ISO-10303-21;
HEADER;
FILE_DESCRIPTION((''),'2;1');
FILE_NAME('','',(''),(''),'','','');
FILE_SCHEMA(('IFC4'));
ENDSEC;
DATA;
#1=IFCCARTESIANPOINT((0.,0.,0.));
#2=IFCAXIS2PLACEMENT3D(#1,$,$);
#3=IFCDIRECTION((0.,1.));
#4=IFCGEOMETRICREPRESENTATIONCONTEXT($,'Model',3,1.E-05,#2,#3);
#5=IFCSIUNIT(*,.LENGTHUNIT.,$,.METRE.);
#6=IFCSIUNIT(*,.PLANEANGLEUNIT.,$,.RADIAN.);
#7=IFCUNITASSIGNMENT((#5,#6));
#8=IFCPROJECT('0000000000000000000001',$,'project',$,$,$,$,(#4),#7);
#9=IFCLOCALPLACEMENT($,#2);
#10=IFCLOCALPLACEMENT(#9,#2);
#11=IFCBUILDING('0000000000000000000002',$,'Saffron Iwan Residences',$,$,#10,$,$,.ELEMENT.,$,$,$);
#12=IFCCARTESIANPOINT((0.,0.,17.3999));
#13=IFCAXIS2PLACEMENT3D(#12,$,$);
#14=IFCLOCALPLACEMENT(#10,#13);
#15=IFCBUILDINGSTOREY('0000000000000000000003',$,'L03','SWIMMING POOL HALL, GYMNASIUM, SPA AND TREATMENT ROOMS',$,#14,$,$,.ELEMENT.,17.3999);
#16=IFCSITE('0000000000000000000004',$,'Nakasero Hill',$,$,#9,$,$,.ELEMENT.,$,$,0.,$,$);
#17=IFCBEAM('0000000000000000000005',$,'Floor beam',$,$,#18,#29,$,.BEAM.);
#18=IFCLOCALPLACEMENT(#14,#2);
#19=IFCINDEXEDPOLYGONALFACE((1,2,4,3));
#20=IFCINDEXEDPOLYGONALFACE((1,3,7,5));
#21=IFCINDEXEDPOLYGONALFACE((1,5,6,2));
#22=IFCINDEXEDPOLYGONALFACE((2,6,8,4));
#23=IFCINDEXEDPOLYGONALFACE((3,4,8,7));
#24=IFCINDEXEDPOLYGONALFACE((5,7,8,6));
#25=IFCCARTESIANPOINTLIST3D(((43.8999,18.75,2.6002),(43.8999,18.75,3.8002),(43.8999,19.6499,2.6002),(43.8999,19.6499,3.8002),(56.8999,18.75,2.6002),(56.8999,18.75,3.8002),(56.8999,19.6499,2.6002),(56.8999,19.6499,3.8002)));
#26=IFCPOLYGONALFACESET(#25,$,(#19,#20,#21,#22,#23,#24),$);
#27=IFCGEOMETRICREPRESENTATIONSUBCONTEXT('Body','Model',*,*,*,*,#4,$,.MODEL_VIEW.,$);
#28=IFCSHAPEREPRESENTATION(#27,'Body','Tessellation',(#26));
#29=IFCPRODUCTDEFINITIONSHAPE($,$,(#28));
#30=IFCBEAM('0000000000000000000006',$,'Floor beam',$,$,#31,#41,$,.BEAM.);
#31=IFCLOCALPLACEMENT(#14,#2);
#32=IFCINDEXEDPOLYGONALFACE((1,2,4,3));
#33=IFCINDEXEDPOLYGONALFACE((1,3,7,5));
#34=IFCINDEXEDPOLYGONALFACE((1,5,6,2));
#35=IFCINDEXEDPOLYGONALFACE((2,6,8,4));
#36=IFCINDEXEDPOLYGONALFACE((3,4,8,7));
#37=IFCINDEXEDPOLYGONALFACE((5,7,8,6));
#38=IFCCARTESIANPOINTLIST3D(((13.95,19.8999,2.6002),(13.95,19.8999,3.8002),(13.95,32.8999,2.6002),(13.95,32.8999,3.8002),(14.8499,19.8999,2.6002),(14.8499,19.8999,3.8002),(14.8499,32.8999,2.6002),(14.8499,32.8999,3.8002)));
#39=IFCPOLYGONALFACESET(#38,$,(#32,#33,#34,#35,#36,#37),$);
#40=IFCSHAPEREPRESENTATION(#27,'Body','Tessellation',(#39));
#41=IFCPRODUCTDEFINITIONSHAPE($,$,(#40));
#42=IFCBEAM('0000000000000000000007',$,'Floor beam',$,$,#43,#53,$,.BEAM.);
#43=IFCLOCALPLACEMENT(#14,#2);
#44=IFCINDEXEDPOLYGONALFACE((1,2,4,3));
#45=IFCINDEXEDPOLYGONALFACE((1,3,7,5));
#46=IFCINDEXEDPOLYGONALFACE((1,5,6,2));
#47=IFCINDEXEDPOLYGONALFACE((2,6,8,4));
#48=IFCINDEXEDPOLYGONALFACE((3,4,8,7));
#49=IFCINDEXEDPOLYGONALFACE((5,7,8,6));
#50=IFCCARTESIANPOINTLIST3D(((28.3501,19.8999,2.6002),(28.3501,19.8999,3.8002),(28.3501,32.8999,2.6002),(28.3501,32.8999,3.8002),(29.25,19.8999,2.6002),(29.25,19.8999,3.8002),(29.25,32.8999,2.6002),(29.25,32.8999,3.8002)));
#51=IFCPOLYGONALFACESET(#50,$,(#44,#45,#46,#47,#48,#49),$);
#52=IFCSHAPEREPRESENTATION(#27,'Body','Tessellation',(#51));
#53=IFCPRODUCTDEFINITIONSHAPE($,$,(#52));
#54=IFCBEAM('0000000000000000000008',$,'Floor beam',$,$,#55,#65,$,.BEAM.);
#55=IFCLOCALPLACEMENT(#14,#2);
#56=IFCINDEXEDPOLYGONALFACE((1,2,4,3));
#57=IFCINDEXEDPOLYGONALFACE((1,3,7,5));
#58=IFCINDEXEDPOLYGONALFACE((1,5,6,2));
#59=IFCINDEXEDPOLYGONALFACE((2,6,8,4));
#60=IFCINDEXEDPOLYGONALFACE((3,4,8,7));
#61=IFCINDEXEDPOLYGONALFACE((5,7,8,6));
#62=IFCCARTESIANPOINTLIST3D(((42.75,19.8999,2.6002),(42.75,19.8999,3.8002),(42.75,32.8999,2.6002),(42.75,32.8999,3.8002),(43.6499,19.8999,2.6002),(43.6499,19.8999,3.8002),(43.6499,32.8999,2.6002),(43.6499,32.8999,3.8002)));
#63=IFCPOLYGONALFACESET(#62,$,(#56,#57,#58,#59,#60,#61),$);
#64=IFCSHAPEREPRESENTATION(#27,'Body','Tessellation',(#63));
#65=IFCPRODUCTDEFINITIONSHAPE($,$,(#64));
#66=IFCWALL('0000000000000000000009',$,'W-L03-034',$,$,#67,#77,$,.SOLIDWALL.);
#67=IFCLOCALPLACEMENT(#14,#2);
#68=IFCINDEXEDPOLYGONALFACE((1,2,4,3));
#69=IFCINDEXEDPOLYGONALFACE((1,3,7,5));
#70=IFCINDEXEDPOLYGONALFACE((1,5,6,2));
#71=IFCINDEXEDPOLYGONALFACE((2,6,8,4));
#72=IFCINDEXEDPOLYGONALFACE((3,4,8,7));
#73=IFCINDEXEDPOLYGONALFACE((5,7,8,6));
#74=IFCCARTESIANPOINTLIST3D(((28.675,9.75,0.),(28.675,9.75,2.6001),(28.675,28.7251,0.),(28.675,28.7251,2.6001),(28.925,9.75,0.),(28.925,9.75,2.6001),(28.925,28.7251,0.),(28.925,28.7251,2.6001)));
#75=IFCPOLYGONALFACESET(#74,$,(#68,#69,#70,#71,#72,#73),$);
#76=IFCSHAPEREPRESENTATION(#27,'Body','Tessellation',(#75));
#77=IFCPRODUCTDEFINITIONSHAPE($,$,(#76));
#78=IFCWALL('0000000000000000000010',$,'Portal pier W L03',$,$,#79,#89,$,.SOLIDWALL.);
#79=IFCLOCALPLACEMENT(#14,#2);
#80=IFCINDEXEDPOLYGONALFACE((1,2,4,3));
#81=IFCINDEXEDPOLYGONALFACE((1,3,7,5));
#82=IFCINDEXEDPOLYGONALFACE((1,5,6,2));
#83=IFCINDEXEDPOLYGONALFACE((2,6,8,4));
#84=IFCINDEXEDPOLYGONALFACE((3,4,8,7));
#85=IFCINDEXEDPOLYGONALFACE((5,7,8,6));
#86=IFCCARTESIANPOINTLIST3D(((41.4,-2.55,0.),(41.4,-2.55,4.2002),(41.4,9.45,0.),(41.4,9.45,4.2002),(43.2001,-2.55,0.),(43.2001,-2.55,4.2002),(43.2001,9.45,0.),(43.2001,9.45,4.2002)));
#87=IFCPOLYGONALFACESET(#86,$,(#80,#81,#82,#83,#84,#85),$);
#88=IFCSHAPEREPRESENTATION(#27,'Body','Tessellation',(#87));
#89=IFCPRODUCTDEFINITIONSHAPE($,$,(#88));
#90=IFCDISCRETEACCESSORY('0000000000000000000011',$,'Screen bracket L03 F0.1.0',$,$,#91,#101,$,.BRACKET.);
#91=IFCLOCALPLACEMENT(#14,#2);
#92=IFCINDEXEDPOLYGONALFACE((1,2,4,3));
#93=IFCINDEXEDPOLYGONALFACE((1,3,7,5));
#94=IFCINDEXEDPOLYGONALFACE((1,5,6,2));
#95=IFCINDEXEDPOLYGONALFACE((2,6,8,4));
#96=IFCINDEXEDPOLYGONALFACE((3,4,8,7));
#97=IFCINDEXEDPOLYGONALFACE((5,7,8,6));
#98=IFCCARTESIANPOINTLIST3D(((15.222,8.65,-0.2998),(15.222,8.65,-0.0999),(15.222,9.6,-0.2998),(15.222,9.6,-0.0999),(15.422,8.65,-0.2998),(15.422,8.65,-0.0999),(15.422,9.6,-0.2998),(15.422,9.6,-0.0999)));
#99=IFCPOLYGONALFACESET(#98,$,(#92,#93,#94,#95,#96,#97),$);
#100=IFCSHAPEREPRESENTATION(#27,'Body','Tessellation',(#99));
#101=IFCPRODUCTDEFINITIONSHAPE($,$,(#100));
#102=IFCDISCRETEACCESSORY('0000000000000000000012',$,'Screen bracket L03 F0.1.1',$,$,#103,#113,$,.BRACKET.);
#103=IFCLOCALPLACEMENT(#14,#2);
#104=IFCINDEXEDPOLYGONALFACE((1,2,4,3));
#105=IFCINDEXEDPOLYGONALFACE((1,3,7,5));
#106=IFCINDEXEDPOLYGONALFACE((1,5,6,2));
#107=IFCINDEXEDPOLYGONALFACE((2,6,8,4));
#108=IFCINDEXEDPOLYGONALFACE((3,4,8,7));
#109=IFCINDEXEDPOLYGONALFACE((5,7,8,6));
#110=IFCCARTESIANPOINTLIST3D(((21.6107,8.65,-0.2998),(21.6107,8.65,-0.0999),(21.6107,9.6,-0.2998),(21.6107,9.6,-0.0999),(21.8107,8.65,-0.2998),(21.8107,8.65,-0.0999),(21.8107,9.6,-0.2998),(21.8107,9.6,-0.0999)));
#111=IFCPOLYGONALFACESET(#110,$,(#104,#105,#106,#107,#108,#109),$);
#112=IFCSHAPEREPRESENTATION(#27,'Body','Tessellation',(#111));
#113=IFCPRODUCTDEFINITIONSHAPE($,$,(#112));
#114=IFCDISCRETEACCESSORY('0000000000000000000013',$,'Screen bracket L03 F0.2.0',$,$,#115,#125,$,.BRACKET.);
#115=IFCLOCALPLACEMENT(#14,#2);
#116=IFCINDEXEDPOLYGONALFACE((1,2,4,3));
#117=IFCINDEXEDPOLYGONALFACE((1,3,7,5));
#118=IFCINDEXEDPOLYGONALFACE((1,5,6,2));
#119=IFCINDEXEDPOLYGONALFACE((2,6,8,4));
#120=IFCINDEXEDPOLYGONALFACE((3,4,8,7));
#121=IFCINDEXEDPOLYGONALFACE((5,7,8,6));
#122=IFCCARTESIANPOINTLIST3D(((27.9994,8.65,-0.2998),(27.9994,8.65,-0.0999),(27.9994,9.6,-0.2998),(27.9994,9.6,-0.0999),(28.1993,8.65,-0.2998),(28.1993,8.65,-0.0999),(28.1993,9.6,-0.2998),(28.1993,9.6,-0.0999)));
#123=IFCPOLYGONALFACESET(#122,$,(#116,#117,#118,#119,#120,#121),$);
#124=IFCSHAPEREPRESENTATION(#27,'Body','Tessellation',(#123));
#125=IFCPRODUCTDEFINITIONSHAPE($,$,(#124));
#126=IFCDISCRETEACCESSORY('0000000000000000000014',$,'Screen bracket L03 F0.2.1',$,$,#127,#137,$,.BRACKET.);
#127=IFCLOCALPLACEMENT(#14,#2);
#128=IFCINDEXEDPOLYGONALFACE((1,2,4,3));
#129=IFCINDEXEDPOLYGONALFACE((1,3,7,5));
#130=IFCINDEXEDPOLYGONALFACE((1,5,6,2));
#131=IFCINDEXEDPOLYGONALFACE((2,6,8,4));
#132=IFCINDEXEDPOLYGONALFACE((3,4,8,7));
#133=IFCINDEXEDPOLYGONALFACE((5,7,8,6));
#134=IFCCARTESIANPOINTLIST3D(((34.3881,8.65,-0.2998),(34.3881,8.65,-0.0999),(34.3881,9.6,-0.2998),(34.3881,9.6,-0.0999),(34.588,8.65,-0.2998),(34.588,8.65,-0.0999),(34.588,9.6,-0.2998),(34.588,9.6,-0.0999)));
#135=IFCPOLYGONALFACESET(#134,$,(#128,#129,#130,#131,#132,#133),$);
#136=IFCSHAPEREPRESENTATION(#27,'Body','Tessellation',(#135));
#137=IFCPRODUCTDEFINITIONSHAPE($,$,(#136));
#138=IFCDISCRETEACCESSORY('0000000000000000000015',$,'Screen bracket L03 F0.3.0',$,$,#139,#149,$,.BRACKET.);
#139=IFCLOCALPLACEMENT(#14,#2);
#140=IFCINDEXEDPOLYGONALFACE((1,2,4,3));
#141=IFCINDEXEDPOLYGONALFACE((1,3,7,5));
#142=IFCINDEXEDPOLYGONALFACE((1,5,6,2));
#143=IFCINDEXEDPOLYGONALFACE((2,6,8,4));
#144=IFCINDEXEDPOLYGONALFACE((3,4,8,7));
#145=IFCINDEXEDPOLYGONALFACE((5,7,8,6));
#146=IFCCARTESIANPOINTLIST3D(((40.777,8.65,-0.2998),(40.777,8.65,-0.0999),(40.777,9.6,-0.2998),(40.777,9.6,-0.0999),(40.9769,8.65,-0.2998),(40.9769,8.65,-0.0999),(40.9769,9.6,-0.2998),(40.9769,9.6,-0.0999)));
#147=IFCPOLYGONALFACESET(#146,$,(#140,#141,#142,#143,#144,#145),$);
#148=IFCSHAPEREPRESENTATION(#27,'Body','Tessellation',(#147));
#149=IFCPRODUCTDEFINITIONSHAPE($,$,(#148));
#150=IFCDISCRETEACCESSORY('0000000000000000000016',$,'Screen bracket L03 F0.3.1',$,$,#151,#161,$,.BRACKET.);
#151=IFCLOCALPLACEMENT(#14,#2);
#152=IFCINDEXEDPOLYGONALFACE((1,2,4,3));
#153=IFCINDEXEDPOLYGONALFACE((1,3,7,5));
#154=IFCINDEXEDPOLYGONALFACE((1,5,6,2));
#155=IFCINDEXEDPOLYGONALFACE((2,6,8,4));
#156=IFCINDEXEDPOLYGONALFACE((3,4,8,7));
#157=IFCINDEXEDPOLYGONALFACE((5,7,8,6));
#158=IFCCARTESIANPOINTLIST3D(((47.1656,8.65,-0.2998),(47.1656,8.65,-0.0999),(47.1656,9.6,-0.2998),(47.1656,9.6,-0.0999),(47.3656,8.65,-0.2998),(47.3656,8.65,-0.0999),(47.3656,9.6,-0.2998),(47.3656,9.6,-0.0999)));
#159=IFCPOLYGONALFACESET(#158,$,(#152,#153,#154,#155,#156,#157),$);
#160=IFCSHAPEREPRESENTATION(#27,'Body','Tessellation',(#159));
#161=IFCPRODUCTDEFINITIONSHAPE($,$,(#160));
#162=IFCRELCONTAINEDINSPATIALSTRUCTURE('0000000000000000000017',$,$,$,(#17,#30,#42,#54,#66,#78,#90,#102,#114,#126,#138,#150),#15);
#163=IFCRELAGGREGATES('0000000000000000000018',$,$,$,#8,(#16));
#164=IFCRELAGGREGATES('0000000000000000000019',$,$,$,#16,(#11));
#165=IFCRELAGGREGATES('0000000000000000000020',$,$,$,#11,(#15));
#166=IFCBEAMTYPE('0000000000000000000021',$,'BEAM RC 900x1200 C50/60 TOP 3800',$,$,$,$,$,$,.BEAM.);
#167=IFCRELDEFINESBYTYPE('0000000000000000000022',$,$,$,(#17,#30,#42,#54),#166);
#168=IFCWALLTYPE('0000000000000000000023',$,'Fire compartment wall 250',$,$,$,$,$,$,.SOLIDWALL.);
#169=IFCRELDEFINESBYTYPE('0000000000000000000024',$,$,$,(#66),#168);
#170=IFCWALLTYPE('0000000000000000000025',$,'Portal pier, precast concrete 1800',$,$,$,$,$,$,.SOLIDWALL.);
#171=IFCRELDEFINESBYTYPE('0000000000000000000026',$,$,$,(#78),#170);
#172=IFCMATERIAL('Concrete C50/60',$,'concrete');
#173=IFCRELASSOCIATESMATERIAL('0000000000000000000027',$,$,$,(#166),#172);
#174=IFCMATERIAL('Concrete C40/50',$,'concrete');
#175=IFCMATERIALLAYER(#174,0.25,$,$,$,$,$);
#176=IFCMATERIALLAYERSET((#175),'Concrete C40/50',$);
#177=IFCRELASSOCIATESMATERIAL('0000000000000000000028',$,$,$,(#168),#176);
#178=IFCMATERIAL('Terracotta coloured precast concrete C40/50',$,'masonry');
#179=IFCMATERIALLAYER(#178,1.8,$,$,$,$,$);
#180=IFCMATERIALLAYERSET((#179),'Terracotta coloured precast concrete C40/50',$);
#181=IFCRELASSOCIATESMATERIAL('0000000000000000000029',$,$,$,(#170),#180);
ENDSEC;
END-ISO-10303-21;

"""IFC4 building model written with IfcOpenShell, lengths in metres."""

from ifc_helpers import new_model, si_unit, direction, frame, frame_2d, origin, origin_2d, place, context, subcontext, project, spatial, rectangle, extrude, source, transform, mapped, material, layer, layer_set, material_profile, profile_set, type_object, element, save


model = new_model("IFC4")

# Units and contexts
model_context = context("Model", 3, precision=1e-05, world=origin(), true_north=direction((0.0, 1.0)))
body_context = subcontext(model_context, "Body", "Model", "MODEL_VIEW")
ifc_project = project(units=[si_unit("LENGTHUNIT", "METRE"), si_unit("PLANEANGLEUNIT", "RADIAN")], contexts=[model_context])

# Site, building, storey
site_placement = place(None, origin())
site = spatial("IfcSite", under=ifc_project, at=site_placement, Name="Nakasero Hill", CompositionType="ELEMENT", RefElevation=0.0)
building_placement = place(site_placement, origin())
building = spatial("IfcBuilding", under=site, at=building_placement, Name="Saffron Iwan Residences", CompositionType="ELEMENT")
storey_placement = place(building_placement, frame((0.0, 0.0, 17.3999)))
storey = spatial("IfcBuildingStorey", under=building, at=storey_placement, Name="L03", Description="SWIMMING POOL HALL, GYMNASIUM, SPA AND TREATMENT ROOMS", CompositionType="ELEMENT", Elevation=17.3999)

# Shared definitions
ifc_material_1 = material(Name="Concrete C50/60", Category="concrete")

# Beams
ifc_material_profile_1 = material_profile(ifc_material_1, rectangle(XDim=0.8999, YDim=1.2, at=origin_2d()), Name="RC 900x1200")
ifc_profile_set_1 = profile_set([ifc_material_profile_1], Name="Concrete C50/60")
beam_type_1 = type_object("IfcBeamType", Name="BEAM RC 900x1200 C50/60 TOP 3800", PredefinedType="BEAM", material=ifc_profile_set_1)
shared_shape_1 = source(origin(), body_context, "Body", "SweptSolid", [
    extrude(rectangle(XDim=0.8999, YDim=1.2, at=origin_2d()), origin(), (0.0, 0.0, 1.0), 13.0),
])
for number, where, z_axis, x_axis, name in (
    (1, (43.8999, 19.2, 3.2002), (1.0, 0.0, 0.0), (0.0, 1.0, 0.0), "Floor beam"),
    (2, (14.3999, 19.8999, 3.2002), (0.0, 1.0, 0.0), (-1.0, 0.0, 0.0), "Floor beam"),
    (3, (28.8, 19.8999, 3.2002), (0.0, 1.0, 0.0), (-1.0, 0.0, 0.0), "Floor beam"),
    (4, (43.2, 19.8999, 3.2002), (0.0, 1.0, 0.0), (-1.0, 0.0, 0.0), "Floor beam"),
):
    element("IfcBeam", number, at=place(storey_placement, frame(where, z_axis=z_axis, x_axis=x_axis)), inside=storey, type_object=beam_type_1, Name=name, PredefinedType="BEAM", context=body_context, shape_type="MappedRepresentation", body=[
        mapped(shared_shape_1, transform((0.0, 0.0, 0.0))),
    ])

# Walls
ifc_material_2 = material(Name="Concrete C40/50", Category="concrete")
ifc_layer_1 = layer(ifc_material_2, 0.25)
ifc_layer_set_1 = layer_set([ifc_layer_1], Name="Concrete C40/50")
wall_type_1 = type_object("IfcWallType", Name="Fire compartment wall 250", PredefinedType="SOLIDWALL", material=ifc_layer_set_1)
wall_1_placement = place(storey_placement, frame((28.8, 9.75, 0.0), z_axis=(0.0, 0.0, 1.0), x_axis=(0.0, 1.0, 0.0)))
element("IfcWall", 5, at=wall_1_placement, inside=storey, type_object=wall_type_1, Name="W-L03-034", PredefinedType="SOLIDWALL", context=body_context, shape_type="SweptSolid", body=[
    extrude(rectangle(XDim=18.9751, YDim=0.25, at=frame_2d((9.4875, 0.0))), origin(), (0.0, 0.0, 1.0), 2.6001),
])
ifc_material_3 = material(Name="Terracotta coloured precast concrete C40/50", Category="masonry")
ifc_layer_2 = layer(ifc_material_3, 1.8)
ifc_layer_set_2 = layer_set([ifc_layer_2], Name="Terracotta coloured precast concrete C40/50")
wall_type_2 = type_object("IfcWallType", Name="Portal pier, precast concrete 1800", PredefinedType="SOLIDWALL", material=ifc_layer_set_2)
wall_2_placement = place(storey_placement, frame((42.3, -2.55, 0.0), z_axis=(0.0, 0.0, 1.0), x_axis=(0.0, 1.0, 0.0)))
element("IfcWall", 6, at=wall_2_placement, inside=storey, type_object=wall_type_2, Name="Portal pier W L03", PredefinedType="SOLIDWALL", context=body_context, shape_type="SweptSolid", body=[
    extrude(rectangle(XDim=12.0, YDim=1.8, at=frame_2d((6.0, 0.0))), origin(), (0.0, 0.0, 1.0), 4.2002),
])

# Discrete accessories
shared_shape_2 = source(origin(), body_context, "Body", "SweptSolid", [
    extrude(rectangle(XDim=0.95, YDim=0.2, at=origin_2d()), origin(), (0.0, 0.0, 1.0), 0.2),
])
for number, where, z_axis, x_axis, name in (
    (7, (15.322, 9.125, -0.2998), (0.0, 0.0, 1.0), (0.0, -1.0, 0.0), "Screen bracket L03 F0.1.0"),
    (8, (21.7107, 9.125, -0.2998), (0.0, 0.0, 1.0), (0.0, -1.0, 0.0), "Screen bracket L03 F0.1.1"),
    (9, (28.0994, 9.125, -0.2998), (0.0, 0.0, 1.0), (0.0, -1.0, 0.0), "Screen bracket L03 F0.2.0"),
    (10, (34.488, 9.125, -0.2998), (0.0, 0.0, 1.0), (0.0, -1.0, 0.0), "Screen bracket L03 F0.2.1"),
    (11, (40.877, 9.125, -0.2998), (0.0, 0.0, 1.0), (0.0, -1.0, 0.0), "Screen bracket L03 F0.3.0"),
    (12, (47.2656, 9.125, -0.2998), (0.0, 0.0, 1.0), (0.0, -1.0, 0.0), "Screen bracket L03 F0.3.1"),
):
    element("IfcDiscreteAccessory", number, at=place(storey_placement, frame(where, z_axis=z_axis, x_axis=x_axis)), inside=storey, Name=name, PredefinedType="BRACKET", context=body_context, shape_type="MappedRepresentation", body=[
        mapped(shared_shape_2, transform((0.0, 0.0, 0.0))),
    ])

save(model, "model.ifc")
